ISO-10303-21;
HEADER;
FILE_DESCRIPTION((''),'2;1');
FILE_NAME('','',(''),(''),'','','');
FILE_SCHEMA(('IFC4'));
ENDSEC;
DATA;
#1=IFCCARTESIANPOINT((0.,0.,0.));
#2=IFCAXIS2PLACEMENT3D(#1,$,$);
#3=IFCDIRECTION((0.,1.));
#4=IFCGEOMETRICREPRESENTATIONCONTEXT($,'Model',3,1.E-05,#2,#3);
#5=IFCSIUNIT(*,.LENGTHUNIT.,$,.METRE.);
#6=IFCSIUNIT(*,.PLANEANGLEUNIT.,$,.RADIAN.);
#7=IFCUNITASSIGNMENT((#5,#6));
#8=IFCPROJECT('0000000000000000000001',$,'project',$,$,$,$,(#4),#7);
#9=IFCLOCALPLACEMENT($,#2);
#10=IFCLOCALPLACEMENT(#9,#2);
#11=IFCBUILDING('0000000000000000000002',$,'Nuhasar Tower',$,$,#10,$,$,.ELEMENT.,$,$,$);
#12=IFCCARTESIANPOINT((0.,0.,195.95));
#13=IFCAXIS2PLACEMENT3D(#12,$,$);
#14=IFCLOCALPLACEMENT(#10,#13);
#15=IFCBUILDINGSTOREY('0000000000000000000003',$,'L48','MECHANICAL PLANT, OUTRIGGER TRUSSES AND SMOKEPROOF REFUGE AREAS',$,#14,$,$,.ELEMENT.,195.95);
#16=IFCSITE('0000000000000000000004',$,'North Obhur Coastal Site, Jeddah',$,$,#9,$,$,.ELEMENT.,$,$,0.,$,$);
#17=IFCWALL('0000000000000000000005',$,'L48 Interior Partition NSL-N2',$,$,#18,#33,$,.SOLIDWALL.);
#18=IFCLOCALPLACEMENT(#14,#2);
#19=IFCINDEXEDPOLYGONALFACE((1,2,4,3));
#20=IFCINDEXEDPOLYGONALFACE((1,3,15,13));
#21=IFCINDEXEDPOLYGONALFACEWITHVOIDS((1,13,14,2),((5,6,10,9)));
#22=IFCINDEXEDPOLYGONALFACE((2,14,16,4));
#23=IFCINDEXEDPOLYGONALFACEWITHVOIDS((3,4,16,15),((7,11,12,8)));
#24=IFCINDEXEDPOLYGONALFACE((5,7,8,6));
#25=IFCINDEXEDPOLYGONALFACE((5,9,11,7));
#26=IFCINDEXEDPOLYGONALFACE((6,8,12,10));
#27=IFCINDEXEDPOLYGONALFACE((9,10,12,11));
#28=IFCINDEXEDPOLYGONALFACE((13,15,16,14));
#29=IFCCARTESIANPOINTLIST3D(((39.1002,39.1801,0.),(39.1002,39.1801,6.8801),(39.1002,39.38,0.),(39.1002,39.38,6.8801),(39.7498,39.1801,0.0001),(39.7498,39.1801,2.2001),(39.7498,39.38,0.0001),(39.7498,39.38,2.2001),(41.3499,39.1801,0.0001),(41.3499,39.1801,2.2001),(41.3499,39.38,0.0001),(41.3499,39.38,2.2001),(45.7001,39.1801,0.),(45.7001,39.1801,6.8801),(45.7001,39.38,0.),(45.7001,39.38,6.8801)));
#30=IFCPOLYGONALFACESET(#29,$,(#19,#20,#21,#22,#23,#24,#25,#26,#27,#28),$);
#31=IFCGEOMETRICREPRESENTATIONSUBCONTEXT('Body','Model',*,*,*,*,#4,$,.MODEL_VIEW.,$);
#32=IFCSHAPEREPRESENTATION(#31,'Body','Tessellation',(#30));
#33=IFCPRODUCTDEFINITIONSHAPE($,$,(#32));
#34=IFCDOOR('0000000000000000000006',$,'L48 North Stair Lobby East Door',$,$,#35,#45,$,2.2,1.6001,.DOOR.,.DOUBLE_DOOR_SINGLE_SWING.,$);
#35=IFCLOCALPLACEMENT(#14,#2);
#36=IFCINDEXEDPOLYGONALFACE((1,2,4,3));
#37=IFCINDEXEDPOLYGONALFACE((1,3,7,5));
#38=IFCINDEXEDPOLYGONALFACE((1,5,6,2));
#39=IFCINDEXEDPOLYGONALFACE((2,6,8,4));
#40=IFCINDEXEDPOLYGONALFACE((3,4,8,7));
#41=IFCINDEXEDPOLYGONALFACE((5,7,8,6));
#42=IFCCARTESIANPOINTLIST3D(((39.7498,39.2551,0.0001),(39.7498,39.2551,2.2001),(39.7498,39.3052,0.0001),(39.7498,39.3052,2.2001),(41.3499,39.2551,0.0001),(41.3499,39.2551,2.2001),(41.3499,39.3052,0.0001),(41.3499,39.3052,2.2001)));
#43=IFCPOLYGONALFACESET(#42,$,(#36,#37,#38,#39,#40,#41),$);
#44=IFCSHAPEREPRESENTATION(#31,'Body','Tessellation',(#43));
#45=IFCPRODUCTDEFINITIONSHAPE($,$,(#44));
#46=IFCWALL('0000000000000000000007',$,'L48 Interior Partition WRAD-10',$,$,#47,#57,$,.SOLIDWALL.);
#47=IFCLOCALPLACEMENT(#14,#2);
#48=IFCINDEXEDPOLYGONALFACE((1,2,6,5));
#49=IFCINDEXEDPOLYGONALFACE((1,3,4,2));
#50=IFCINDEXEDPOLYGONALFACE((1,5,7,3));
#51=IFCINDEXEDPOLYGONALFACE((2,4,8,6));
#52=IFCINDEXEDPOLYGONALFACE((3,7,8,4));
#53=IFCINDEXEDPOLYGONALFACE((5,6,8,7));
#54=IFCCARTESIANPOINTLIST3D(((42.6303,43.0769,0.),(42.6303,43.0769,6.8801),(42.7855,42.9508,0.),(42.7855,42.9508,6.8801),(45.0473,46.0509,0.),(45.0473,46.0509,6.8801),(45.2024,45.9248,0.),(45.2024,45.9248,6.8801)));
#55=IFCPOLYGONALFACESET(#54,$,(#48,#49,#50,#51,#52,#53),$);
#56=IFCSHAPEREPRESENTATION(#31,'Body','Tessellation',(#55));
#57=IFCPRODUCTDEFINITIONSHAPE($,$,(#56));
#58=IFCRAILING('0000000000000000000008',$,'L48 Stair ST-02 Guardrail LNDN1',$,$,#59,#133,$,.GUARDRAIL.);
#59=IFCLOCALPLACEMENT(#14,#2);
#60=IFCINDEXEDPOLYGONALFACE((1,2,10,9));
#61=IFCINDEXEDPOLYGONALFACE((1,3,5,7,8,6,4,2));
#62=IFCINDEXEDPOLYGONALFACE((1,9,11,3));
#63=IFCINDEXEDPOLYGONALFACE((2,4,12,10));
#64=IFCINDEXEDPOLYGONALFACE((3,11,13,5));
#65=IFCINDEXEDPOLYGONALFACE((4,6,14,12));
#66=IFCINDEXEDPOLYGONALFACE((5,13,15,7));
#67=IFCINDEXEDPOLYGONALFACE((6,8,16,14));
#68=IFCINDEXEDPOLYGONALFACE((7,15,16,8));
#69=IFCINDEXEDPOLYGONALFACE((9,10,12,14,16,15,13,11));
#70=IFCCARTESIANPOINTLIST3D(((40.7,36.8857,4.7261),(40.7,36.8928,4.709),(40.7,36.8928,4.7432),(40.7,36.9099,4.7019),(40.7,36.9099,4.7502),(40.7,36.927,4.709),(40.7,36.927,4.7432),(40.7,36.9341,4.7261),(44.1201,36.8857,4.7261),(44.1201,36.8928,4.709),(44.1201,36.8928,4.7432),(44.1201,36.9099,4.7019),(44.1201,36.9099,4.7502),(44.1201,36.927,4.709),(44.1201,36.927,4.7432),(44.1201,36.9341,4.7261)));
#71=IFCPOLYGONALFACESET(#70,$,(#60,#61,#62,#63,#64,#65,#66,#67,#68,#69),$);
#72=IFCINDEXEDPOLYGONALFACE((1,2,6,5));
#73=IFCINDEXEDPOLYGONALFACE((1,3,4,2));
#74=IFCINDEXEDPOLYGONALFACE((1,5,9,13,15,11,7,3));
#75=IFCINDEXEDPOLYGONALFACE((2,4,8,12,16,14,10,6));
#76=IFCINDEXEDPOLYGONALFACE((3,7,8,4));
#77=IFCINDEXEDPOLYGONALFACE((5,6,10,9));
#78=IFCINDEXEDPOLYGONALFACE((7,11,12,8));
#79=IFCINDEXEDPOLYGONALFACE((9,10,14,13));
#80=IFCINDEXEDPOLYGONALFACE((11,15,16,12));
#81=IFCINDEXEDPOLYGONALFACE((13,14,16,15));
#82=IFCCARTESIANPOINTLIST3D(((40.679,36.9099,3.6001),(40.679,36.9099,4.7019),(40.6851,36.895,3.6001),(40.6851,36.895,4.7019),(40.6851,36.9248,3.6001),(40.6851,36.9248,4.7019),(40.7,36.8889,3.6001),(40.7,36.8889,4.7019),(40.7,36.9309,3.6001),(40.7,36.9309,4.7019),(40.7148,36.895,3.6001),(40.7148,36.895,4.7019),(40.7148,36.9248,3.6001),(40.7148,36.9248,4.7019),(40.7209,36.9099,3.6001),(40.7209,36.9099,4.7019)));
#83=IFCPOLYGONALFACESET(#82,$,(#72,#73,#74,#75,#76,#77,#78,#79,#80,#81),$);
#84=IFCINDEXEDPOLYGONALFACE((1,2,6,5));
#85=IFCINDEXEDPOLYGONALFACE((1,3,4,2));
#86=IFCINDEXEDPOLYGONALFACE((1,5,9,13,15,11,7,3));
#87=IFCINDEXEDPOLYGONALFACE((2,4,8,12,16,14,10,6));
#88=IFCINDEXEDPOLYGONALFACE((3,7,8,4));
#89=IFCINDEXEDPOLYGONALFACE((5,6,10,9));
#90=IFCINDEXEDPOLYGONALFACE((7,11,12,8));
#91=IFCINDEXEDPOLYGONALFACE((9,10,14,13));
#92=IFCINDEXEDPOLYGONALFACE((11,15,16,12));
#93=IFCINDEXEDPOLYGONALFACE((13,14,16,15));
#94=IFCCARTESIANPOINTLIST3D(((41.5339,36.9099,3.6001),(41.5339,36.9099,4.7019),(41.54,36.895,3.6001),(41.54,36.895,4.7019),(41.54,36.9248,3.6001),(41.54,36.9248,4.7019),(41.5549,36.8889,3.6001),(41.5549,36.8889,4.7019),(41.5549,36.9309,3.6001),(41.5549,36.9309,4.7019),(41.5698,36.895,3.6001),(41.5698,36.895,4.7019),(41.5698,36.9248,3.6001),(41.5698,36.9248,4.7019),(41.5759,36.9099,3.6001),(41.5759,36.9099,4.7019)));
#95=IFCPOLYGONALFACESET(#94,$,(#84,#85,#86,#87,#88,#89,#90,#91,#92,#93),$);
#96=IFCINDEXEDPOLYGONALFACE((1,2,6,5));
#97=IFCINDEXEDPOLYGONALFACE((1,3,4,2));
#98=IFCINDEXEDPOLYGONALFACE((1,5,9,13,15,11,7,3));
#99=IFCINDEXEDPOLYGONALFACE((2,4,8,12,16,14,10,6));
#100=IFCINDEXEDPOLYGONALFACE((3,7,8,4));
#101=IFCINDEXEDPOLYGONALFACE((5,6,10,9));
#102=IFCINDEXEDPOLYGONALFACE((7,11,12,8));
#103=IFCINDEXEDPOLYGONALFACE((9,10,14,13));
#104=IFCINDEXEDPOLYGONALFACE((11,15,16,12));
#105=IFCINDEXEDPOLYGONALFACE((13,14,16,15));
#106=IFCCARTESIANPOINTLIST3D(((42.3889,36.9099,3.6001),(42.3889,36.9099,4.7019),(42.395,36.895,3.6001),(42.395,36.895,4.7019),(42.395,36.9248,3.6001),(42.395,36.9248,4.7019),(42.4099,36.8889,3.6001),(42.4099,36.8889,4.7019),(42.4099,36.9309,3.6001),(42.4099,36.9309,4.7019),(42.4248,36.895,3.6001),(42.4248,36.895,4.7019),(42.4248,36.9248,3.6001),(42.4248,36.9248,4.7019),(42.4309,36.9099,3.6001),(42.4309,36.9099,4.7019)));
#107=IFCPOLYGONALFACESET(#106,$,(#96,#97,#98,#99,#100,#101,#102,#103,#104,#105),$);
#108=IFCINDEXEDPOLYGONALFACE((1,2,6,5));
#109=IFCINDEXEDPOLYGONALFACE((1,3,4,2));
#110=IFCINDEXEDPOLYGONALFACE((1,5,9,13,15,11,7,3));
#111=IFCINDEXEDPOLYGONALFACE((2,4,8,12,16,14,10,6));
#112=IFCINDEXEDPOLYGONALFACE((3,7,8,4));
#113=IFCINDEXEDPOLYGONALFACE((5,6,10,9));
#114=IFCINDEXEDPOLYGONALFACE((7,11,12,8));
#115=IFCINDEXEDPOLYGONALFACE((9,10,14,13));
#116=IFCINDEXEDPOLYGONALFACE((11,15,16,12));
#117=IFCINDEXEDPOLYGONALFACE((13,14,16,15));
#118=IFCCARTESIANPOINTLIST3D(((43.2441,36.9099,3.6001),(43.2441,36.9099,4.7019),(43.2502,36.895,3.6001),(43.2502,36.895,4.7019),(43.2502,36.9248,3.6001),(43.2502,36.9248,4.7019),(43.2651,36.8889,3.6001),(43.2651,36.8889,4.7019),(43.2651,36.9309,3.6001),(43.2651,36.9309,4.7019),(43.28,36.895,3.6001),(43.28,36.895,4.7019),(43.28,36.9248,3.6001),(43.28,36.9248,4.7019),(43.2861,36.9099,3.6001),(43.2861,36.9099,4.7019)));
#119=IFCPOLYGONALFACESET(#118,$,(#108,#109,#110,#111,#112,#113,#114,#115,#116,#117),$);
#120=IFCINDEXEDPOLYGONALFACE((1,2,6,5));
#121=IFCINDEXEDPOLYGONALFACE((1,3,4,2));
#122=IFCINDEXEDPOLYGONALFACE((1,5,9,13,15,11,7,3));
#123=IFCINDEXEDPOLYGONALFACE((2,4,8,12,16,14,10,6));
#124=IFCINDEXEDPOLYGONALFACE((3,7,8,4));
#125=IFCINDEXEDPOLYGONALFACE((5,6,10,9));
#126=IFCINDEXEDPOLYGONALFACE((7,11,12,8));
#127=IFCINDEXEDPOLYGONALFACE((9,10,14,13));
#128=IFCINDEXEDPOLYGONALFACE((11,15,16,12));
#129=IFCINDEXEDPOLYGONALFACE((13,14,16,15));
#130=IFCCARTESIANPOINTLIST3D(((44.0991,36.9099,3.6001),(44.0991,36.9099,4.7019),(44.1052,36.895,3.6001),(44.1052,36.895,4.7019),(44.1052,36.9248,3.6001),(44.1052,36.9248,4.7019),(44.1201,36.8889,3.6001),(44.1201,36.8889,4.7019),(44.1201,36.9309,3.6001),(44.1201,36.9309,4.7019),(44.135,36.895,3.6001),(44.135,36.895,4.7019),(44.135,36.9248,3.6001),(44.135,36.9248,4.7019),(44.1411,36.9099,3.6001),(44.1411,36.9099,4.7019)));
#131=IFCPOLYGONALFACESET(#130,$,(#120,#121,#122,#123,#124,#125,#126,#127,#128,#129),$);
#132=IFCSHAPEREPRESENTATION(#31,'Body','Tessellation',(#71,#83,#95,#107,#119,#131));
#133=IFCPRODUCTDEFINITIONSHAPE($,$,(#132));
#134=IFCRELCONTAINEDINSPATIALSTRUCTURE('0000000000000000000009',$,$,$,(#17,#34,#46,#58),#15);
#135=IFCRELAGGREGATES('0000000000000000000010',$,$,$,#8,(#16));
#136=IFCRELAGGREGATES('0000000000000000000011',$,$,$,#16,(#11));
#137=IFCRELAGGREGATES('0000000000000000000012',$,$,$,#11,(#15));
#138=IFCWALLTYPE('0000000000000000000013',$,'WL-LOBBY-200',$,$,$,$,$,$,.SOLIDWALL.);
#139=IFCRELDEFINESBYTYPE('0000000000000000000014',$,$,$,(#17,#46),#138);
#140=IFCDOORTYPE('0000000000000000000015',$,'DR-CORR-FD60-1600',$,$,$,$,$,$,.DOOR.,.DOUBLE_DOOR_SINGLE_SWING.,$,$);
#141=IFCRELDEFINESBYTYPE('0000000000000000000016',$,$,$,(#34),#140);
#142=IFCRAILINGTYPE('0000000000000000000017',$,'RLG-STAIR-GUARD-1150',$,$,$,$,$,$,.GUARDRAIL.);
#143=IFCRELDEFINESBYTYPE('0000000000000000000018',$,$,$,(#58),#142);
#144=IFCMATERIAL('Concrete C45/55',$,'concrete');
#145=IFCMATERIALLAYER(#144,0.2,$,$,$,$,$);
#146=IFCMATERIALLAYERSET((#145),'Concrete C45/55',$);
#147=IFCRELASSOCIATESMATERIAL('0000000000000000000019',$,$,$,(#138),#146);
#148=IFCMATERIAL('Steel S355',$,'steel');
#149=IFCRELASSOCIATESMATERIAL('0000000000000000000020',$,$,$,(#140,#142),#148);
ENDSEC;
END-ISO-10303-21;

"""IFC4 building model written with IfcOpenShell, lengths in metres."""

from ifc_helpers import new_model, si_unit, direction, frame, frame_2d, origin, place, context, subcontext, project, spatial, polyline, rectangle, outline, extrude, material, layer, layer_set, type_object, element, fill, save


model = new_model("IFC4")

# Units and contexts
model_context = context("Model", 3, precision=1e-05, world=origin(), true_north=direction((0.0, 1.0)))
body_context = subcontext(model_context, "Body", "Model", "MODEL_VIEW")
ifc_project = project(units=[si_unit("LENGTHUNIT", "METRE"), si_unit("PLANEANGLEUNIT", "RADIAN")], contexts=[model_context])

# Site, building, storey
site_placement = place(None, origin())
site = spatial("IfcSite", under=ifc_project, at=site_placement, Name="North Obhur Coastal Site, Jeddah", CompositionType="ELEMENT", RefElevation=0.0)
building_placement = place(site_placement, origin())
building = spatial("IfcBuilding", under=site, at=building_placement, Name="Nuhasar Tower", CompositionType="ELEMENT")
storey_placement = place(building_placement, frame((0.0, 0.0, 195.95)))
storey = spatial("IfcBuildingStorey", under=building, at=storey_placement, Name="L48", Description="MECHANICAL PLANT, OUTRIGGER TRUSSES AND SMOKEPROOF REFUGE AREAS", CompositionType="ELEMENT", Elevation=195.95)

# Shared definitions
ifc_material_1 = material(Name="Steel S355", Category="steel")

# Shared definitions
ifc_material_2 = material(Name="Concrete C45/55", Category="concrete")
ifc_layer_1 = layer(ifc_material_2, 0.2)
ifc_layer_set_1 = layer_set([ifc_layer_1], Name="Concrete C45/55")
wall_type_1 = type_object("IfcWallType", Name="WL-LOBBY-200", PredefinedType="SOLIDWALL", material=ifc_layer_set_1)

# Wall, opening, door
wall_1_placement = place(storey_placement, frame((45.7, 39.28, 0.0), z_axis=(0.0, 0.0, 1.0), x_axis=(-1.0, 0.0, 0.0)))
wall_1 = element("IfcWall", 1, at=wall_1_placement, inside=storey, type_object=wall_type_1, Name="L48 Interior Partition NSL-N2", PredefinedType="SOLIDWALL", context=body_context, shape_type="SweptSolid", body=[
    extrude(rectangle(XDim=6.5999, YDim=0.2, at=frame_2d((3.2998, 0.0))), origin(), (0.0, 0.0, 1.0), 6.8801),
])
opening_1_placement = place(wall_1_placement, frame((4.3501, 0.0, 0.0)))
opening_1 = element("IfcOpeningElement", 2, at=opening_1_placement, cuts=wall_1, PredefinedType="OPENING", context=body_context, shape_type="SweptSolid", body=[
    extrude(rectangle(XDim=1.6001, YDim=2.2, at=frame_2d((0.8, 1.1001))), frame((0.0, 0.1099, 0.0), z_axis=(0.0, -1.0, 0.0), x_axis=(1.0, 0.0, 0.0)), (0.0, 0.0, 1.0), 0.22),
])
door_type_1 = type_object("IfcDoorType", Name="DR-CORR-FD60-1600", OperationType="DOUBLE_DOOR_SINGLE_SWING", PredefinedType="DOOR", material=ifc_material_1)
door_1_placement = place(opening_1_placement, origin())
door_1 = element("IfcDoor", 3, at=door_1_placement, inside=storey, type_object=door_type_1, Name="L48 North Stair Lobby East Door", OperationType="DOUBLE_DOOR_SINGLE_SWING", OverallHeight=2.2, OverallWidth=1.6001, PredefinedType="DOOR", context=body_context, shape_type="SweptSolid", body=[
    extrude(rectangle(XDim=1.6001, YDim=2.2, at=frame_2d((0.8, 1.1001))), frame((0.0, 0.0249, 0.0), z_axis=(0.0, -1.0, 0.0), x_axis=(1.0, 0.0, 0.0)), (0.0, 0.0, 1.0), 0.05),
])
fill(opening_1, door_1)

# Wall
wall_2_placement = place(storey_placement, frame((42.708, 43.0139, 0.0), z_axis=(0.0, 0.0, 1.0), x_axis=(0.630674, 0.776048, 0.0)))
element("IfcWall", 4, at=wall_2_placement, inside=storey, type_object=wall_type_1, Name="L48 Interior Partition WRAD-10", PredefinedType="SOLIDWALL", context=body_context, shape_type="SweptSolid", body=[
    extrude(rectangle(XDim=3.8323, YDim=0.2, at=frame_2d((1.916, 0.0))), origin(), (0.0, 0.0, 1.0), 6.8801),
])

# Railing
railing_type_1 = type_object("IfcRailingType", Name="RLG-STAIR-GUARD-1150", PredefinedType="GUARDRAIL", material=ifc_material_1)
railing_1_placement = place(storey_placement, frame((40.7, 36.9099, 3.6001)))
element("IfcRailing", 5, at=railing_1_placement, inside=storey, type_object=railing_type_1, Name="L48 Stair ST-02 Guardrail LNDN1", PredefinedType="GUARDRAIL", context=body_context, shape_type="SweptSolid", body=[
    extrude(outline(polyline([(0.0242, 0.0), (0.0171, 0.0171), (0.0, 0.0242), (-0.0171, 0.0171), (-0.0242, 0.0), (-0.0171, -0.0171), (0.0, -0.0242), (0.0171, -0.0171), (0.0242, 0.0)])), frame((0.0, 0.0, 1.126), z_axis=(1.0, 0.0, 0.0), x_axis=(0.0, 1.0, 0.0)), (0.0, 0.0, 1.0), 3.4202),
    extrude(outline(polyline([(0.021, 0.0), (0.0149, 0.0149), (0.0, 0.021), (-0.0149, 0.0149), (-0.021, 0.0), (-0.0149, -0.0149), (0.0, -0.021), (0.0149, -0.0149), (0.021, 0.0)])), origin(), (0.0, 0.0, 1.0), 1.1018),
    extrude(outline(polyline([(0.021, 0.0), (0.0149, 0.0149), (0.0, 0.021), (-0.0149, 0.0149), (-0.021, 0.0), (-0.0149, -0.0149), (0.0, -0.021), (0.0149, -0.0149), (0.021, 0.0)])), frame((0.855, 0.0, 0.0)), (0.0, 0.0, 1.0), 1.1018),
    extrude(outline(polyline([(0.021, 0.0), (0.0149, 0.0149), (0.0, 0.021), (-0.0149, 0.0149), (-0.021, 0.0), (-0.0149, -0.0149), (0.0, -0.021), (0.0149, -0.0149), (0.021, 0.0)])), frame((1.71, 0.0, 0.0)), (0.0, 0.0, 1.0), 1.1018),
    extrude(outline(polyline([(0.021, 0.0), (0.0149, 0.0149), (0.0, 0.021), (-0.0149, 0.0149), (-0.021, 0.0), (-0.0149, -0.0149), (0.0, -0.021), (0.0149, -0.0149), (0.021, 0.0)])), frame((2.5652, 0.0, 0.0)), (0.0, 0.0, 1.0), 1.1018),
    extrude(outline(polyline([(0.021, 0.0), (0.0149, 0.0149), (0.0, 0.021), (-0.0149, 0.0149), (-0.021, 0.0), (-0.0149, -0.0149), (0.0, -0.021), (0.0149, -0.0149), (0.021, 0.0)])), frame((3.4202, 0.0, 0.0)), (0.0, 0.0, 1.0), 1.1018),
])

save(model, "model.ifc")
